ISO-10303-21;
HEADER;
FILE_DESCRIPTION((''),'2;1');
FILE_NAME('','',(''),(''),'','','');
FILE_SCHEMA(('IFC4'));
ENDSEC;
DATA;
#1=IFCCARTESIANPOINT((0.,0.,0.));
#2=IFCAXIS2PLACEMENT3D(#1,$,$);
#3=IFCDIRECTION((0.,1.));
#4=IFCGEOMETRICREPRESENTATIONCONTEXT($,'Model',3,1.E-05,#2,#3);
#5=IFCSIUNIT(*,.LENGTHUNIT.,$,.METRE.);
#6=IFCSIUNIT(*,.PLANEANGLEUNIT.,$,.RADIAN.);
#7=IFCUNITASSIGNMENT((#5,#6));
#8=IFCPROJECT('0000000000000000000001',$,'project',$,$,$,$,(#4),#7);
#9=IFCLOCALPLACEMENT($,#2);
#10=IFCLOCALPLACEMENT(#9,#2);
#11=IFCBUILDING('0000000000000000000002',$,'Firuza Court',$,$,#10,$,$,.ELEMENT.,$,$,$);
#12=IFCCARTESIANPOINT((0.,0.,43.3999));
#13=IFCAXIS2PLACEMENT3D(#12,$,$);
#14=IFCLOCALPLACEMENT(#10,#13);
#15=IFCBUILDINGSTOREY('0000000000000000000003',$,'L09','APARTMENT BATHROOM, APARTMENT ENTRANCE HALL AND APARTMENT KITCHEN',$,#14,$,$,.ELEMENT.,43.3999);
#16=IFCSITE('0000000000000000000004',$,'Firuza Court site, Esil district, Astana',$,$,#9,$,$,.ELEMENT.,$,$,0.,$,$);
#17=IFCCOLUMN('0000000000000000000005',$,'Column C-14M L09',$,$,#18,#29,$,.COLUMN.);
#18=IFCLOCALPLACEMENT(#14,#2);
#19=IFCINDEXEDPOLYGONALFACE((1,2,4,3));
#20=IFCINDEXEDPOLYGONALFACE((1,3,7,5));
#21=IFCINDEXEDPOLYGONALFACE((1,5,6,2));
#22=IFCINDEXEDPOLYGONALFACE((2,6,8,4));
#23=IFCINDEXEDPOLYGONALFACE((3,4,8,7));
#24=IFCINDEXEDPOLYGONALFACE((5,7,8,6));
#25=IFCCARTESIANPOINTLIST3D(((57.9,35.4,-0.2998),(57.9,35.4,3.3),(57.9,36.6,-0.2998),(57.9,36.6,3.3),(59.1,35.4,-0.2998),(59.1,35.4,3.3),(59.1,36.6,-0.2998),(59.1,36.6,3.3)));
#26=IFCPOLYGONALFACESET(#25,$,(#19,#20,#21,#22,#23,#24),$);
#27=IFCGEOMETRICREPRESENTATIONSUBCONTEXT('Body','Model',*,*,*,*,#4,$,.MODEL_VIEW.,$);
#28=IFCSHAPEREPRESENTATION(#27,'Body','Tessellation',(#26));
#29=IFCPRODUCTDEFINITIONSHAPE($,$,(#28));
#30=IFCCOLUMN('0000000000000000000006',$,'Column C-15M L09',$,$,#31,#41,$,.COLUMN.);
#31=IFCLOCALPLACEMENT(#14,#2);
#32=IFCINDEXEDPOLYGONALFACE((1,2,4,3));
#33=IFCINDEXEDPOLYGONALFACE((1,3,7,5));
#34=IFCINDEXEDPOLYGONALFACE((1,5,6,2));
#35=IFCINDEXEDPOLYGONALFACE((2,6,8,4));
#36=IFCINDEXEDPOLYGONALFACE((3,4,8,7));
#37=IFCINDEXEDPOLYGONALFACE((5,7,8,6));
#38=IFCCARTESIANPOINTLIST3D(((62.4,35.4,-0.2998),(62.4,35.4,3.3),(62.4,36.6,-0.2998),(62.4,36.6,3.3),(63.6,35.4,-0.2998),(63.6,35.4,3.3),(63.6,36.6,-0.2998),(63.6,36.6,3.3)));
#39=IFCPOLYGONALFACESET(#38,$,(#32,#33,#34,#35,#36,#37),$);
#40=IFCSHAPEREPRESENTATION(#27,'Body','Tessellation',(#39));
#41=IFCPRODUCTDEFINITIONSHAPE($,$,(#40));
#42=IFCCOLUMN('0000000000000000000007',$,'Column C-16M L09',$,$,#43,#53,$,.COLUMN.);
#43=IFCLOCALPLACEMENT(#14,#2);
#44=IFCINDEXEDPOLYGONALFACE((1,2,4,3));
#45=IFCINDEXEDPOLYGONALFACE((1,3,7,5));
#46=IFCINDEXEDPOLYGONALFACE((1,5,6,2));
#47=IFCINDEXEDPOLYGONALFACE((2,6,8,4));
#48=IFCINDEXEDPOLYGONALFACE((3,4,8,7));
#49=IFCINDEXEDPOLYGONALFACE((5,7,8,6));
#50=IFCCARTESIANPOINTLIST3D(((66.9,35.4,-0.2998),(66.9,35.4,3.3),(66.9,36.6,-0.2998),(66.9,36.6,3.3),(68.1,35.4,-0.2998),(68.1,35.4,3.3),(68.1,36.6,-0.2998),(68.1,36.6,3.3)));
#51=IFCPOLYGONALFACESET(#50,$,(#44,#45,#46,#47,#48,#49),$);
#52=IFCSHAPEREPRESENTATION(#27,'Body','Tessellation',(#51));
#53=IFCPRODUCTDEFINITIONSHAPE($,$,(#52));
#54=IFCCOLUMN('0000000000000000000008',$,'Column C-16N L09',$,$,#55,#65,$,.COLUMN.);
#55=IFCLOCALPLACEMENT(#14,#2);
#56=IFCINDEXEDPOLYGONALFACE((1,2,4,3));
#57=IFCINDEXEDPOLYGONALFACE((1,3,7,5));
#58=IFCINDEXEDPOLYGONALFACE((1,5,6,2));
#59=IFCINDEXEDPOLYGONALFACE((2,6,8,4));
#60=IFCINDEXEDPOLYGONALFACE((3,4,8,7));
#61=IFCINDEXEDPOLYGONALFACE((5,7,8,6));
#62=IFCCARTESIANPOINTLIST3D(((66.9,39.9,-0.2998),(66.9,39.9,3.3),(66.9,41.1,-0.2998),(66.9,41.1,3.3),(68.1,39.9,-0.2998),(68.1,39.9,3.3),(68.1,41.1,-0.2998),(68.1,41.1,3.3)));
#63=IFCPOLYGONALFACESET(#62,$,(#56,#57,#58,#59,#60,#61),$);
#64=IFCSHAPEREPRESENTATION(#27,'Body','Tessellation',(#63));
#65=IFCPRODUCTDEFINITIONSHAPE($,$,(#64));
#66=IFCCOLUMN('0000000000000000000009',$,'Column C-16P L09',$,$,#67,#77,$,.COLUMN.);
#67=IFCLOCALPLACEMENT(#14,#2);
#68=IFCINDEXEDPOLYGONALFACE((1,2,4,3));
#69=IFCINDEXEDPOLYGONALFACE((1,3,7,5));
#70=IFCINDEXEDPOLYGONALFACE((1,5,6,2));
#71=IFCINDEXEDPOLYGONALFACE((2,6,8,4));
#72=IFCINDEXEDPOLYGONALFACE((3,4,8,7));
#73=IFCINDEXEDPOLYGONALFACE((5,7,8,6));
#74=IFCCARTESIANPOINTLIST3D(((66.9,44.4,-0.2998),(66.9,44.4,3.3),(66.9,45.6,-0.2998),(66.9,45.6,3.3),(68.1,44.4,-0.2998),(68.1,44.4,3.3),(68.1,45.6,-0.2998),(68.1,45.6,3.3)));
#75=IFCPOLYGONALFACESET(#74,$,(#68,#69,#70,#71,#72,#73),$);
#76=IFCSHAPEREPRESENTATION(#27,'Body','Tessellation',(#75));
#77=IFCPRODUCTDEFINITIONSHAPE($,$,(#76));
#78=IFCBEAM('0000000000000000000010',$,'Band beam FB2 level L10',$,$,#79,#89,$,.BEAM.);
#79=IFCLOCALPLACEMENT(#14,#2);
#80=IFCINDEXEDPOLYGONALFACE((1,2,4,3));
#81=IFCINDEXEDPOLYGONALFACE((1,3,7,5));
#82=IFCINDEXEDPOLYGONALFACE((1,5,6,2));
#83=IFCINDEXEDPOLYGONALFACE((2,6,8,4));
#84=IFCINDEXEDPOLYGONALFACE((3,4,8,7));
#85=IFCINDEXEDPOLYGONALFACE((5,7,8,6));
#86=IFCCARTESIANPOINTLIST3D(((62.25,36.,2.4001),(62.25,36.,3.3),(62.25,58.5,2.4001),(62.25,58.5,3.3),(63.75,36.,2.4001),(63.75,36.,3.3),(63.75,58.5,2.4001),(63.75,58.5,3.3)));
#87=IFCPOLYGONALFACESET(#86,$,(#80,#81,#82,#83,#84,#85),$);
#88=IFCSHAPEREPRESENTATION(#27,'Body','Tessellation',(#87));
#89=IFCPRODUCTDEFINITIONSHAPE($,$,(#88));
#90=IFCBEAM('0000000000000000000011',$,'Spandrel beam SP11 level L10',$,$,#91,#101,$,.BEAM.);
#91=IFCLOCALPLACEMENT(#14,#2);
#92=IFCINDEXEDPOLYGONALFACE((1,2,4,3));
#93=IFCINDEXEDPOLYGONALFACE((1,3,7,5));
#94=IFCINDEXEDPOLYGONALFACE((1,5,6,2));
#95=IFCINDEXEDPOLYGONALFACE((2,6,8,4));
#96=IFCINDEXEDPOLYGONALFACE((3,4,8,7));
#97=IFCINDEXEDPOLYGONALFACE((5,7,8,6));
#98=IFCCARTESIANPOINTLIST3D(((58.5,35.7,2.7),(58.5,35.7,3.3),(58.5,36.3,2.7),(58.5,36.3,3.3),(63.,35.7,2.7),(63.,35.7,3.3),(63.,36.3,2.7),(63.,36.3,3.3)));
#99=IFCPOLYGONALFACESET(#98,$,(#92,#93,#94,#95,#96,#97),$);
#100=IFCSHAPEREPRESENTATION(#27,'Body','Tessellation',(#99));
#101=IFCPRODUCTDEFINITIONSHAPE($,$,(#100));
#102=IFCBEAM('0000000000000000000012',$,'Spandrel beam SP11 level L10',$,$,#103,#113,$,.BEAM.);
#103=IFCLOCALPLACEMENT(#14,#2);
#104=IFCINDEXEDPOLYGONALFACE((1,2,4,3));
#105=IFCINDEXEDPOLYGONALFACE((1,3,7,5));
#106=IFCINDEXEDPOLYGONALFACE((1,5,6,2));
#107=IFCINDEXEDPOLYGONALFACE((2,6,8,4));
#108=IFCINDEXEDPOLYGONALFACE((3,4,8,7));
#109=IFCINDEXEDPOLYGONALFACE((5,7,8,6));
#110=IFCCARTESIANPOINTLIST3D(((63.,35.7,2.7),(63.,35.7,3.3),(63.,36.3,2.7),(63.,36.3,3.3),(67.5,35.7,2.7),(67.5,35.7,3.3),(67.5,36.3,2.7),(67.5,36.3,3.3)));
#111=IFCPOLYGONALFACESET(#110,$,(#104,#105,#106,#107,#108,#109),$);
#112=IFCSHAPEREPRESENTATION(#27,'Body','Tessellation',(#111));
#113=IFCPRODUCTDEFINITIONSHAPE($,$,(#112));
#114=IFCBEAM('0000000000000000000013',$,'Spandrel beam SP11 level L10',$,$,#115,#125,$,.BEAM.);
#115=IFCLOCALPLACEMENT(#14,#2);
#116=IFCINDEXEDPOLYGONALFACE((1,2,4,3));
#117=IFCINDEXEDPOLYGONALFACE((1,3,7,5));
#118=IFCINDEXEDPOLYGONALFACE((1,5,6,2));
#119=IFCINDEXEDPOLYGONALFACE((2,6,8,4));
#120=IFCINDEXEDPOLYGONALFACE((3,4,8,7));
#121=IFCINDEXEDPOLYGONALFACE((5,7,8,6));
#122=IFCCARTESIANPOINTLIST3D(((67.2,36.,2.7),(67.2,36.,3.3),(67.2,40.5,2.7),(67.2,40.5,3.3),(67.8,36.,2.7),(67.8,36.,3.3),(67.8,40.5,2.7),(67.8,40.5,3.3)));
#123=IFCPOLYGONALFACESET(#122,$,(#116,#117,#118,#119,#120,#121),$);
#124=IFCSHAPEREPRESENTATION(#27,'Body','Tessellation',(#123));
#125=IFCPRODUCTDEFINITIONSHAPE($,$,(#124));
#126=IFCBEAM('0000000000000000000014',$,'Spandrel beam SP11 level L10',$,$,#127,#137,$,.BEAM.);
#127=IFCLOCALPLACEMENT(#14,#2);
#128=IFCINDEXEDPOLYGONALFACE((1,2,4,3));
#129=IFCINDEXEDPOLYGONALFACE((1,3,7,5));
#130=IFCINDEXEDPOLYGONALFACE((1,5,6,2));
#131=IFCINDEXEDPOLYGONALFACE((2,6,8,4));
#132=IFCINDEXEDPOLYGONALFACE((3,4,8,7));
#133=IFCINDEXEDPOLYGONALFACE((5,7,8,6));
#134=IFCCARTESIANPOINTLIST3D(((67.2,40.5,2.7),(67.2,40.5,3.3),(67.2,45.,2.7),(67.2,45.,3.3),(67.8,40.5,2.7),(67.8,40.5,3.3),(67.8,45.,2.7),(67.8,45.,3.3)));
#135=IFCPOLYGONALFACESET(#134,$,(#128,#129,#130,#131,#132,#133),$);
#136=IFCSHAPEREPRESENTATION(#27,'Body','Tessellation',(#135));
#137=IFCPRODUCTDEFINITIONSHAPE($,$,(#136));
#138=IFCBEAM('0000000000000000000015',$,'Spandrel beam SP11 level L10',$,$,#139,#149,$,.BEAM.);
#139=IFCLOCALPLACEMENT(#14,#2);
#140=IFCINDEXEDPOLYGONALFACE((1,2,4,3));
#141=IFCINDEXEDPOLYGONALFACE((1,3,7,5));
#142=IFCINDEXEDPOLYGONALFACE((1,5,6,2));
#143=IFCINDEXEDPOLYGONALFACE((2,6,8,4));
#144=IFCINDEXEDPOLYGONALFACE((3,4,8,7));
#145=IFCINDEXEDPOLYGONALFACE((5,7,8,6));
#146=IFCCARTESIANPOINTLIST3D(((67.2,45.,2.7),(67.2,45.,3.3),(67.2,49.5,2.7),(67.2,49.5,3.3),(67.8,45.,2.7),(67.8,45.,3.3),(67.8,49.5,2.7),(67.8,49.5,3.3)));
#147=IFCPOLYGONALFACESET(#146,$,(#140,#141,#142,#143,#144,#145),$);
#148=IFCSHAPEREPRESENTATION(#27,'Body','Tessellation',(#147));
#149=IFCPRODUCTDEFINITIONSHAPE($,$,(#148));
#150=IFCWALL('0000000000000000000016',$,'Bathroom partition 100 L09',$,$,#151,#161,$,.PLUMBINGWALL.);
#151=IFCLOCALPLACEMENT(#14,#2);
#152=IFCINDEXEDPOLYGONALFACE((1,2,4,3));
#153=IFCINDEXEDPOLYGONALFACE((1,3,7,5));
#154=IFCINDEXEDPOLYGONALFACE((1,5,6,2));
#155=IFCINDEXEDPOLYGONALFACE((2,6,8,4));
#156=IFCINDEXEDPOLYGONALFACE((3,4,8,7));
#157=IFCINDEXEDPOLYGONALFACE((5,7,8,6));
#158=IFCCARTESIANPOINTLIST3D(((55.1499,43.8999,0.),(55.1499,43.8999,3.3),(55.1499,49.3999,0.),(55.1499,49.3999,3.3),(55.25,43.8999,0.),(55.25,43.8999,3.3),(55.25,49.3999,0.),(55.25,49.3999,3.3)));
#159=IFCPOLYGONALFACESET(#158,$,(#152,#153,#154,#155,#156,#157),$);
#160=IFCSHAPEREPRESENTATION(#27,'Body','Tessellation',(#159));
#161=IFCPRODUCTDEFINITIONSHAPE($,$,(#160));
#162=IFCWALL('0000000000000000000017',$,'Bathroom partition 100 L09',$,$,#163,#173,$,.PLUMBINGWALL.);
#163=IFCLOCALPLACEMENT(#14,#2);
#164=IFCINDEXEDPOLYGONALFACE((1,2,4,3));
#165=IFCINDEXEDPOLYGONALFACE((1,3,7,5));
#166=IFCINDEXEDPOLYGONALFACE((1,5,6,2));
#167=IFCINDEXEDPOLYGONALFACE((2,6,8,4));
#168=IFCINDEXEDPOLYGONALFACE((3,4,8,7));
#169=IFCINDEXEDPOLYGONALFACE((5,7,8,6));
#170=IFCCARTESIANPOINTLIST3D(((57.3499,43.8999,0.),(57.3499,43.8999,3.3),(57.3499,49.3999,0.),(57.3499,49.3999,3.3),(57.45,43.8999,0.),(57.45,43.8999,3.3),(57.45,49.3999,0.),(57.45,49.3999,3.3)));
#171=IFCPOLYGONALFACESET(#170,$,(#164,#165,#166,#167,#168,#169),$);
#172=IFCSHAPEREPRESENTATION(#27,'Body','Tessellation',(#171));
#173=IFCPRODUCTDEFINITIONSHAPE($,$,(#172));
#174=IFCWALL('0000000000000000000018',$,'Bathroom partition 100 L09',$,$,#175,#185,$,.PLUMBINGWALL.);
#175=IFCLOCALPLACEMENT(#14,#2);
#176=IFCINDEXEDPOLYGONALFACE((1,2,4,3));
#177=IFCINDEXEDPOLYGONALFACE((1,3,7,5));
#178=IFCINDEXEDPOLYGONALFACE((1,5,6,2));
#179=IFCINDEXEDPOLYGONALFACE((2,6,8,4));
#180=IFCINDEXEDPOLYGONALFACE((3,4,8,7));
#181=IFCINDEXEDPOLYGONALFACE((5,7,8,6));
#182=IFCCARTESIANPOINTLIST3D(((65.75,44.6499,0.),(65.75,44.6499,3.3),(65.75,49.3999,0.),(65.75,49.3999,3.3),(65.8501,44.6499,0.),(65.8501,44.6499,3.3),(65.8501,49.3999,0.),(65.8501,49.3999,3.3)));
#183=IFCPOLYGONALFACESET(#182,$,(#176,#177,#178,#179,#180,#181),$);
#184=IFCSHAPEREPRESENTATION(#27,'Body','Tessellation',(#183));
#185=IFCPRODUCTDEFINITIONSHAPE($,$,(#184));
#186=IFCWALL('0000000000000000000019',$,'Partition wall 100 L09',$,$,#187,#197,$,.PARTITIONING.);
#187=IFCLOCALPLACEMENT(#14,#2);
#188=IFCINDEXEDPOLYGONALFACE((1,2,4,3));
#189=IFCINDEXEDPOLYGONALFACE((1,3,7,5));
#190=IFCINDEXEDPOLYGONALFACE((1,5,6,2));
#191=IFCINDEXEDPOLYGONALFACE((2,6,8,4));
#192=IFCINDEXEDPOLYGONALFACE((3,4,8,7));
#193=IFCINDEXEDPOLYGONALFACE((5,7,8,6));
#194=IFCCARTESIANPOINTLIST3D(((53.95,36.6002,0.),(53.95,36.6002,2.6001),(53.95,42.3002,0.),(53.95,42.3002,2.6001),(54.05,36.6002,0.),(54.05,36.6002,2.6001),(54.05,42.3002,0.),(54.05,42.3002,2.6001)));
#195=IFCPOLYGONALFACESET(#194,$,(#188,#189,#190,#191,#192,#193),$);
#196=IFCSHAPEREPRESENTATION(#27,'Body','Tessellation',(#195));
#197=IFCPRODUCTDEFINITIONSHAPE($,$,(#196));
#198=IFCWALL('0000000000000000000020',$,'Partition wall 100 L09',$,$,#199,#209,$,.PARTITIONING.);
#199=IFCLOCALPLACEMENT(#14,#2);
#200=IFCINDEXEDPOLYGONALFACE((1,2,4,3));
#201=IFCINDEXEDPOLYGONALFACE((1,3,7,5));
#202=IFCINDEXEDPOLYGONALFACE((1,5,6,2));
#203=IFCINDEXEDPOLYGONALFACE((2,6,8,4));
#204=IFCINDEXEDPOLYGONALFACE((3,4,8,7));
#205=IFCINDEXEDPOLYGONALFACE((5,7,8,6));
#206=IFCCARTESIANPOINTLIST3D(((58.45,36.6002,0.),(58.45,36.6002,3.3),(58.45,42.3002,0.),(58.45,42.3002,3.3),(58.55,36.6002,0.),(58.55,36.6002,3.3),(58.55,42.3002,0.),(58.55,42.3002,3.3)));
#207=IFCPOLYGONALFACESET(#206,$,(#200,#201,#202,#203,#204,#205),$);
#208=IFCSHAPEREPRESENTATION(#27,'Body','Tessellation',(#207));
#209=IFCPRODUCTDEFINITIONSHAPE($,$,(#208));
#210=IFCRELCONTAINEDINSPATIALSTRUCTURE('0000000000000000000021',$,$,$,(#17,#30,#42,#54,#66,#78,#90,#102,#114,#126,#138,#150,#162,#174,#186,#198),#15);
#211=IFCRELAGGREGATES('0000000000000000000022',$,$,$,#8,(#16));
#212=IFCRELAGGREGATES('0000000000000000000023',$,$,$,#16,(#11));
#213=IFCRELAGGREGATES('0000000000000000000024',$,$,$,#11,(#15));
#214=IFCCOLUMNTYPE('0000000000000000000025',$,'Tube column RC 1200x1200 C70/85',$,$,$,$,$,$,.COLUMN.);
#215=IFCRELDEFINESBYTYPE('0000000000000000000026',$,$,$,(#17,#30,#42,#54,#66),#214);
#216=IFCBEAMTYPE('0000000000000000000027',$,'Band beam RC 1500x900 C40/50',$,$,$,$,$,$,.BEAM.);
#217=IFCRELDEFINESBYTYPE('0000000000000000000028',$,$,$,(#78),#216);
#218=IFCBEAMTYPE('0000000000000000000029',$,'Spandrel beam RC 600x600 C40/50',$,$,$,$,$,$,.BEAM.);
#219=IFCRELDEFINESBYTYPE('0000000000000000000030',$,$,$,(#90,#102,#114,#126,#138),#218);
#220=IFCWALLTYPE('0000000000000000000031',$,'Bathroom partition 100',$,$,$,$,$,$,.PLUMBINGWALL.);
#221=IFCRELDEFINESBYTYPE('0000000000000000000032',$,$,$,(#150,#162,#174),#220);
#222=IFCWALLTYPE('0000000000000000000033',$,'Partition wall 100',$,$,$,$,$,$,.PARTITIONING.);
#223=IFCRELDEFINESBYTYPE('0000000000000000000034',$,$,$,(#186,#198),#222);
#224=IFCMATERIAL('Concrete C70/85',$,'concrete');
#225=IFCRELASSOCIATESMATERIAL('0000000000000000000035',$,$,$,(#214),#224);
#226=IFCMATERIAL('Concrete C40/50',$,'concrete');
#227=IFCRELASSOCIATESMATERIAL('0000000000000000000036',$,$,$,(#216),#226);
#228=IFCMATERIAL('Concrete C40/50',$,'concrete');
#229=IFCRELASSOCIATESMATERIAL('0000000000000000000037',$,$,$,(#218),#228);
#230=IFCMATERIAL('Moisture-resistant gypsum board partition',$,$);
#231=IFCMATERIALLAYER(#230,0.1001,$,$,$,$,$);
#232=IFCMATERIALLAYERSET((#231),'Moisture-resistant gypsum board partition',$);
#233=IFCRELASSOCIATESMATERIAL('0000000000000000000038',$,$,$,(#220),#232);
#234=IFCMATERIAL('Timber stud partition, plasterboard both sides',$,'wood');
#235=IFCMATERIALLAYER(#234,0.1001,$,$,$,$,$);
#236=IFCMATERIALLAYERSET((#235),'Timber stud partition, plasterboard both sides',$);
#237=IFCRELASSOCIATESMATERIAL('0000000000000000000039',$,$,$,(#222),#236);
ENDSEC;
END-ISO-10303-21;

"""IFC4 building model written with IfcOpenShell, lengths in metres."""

from ifc_helpers import new_model, si_unit, direction, frame, frame_2d, origin, origin_2d, place, context, subcontext, project, spatial, rectangle, extrude, material, layer, layer_set, material_profile, profile_set, type_object, element, save


model = new_model("IFC4")

# Units and contexts
model_context = context("Model", 3, precision=1e-05, world=origin(), true_north=direction((0.0, 1.0)))
body_context = subcontext(model_context, "Body", "Model", "MODEL_VIEW")
ifc_project = project(units=[si_unit("LENGTHUNIT", "METRE"), si_unit("PLANEANGLEUNIT", "RADIAN")], contexts=[model_context])

# Site, building, storey
site_placement = place(None, origin())
site = spatial("IfcSite", under=ifc_project, at=site_placement, Name="Firuza Court site, Esil district, Astana", CompositionType="ELEMENT", RefElevation=0.0)
building_placement = place(site_placement, origin())
building = spatial("IfcBuilding", under=site, at=building_placement, Name="Firuza Court", CompositionType="ELEMENT")
storey_placement = place(building_placement, frame((0.0, 0.0, 43.3999)))
storey = spatial("IfcBuildingStorey", under=building, at=storey_placement, Name="L09", Description="APARTMENT BATHROOM, APARTMENT ENTRANCE HALL AND APARTMENT KITCHEN", CompositionType="ELEMENT", Elevation=43.3999)

# Columns
ifc_material_1 = material(Name="Concrete C70/85", Category="concrete")
ifc_material_profile_1 = material_profile(ifc_material_1, rectangle(XDim=1.2, YDim=1.2, at=origin_2d()), Name="RC 1200x1200")
ifc_profile_set_1 = profile_set([ifc_material_profile_1], Name="Concrete C70/85")
column_type = type_object("IfcColumnType", Name="Tube column RC 1200x1200 C70/85", PredefinedType="COLUMN", material=ifc_profile_set_1)
for number, where, z_axis, x_axis, name in (
    (1, (58.5, 36.0, -0.2998), (0.0, 0.0, 1.0), (1.0, 0.0, 0.0), "Column C-14M L09"),
    (2, (63.0, 36.0, -0.2998), (0.0, 0.0, 1.0), (1.0, 0.0, 0.0), "Column C-15M L09"),
    (3, (67.5, 36.0, -0.2998), (0.0, 0.0, 1.0), (1.0, 0.0, 0.0), "Column C-16M L09"),
    (4, (67.5, 40.5, -0.2998), (0.0, 0.0, 1.0), (1.0, 0.0, 0.0), "Column C-16N L09"),
    (5, (67.5, 45.0, -0.2998), (0.0, 0.0, 1.0), (1.0, 0.0, 0.0), "Column C-16P L09"),
):
    element("IfcColumn", number, at=place(storey_placement, frame(where, z_axis=z_axis, x_axis=x_axis)), inside=storey, type_object=column_type, Name=name, PredefinedType="COLUMN", context=body_context, shape_type="SweptSolid", body=[
        extrude(rectangle(XDim=1.2, YDim=1.2, at=origin_2d()), origin(), (0.0, 0.0, 1.0), 3.5999),
    ])

# Beams
ifc_material_2 = material(Name="Concrete C40/50", Category="concrete")
ifc_material_profile_2 = material_profile(ifc_material_2, rectangle(XDim=1.5, YDim=0.8999, at=origin_2d()), Name="RC 1500x900")
ifc_profile_set_2 = profile_set([ifc_material_profile_2], Name="Concrete C40/50")
beam_type_1 = type_object("IfcBeamType", Name="Band beam RC 1500x900 C40/50", PredefinedType="BEAM", material=ifc_profile_set_2)
beam_placement = place(storey_placement, frame((63.0, 36.0, 2.8501), z_axis=(0.0, 1.0, 0.0), x_axis=(-1.0, 0.0, 0.0)))
element("IfcBeam", 6, at=beam_placement, inside=storey, type_object=beam_type_1, Name="Band beam FB2 level L10", PredefinedType="BEAM", context=body_context, shape_type="SweptSolid", body=[
    extrude(rectangle(XDim=1.5, YDim=0.8999, at=origin_2d()), origin(), (0.0, 0.0, 1.0), 22.5),
])
ifc_material_3 = material(Name="Concrete C40/50", Category="concrete")
ifc_material_profile_3 = material_profile(ifc_material_3, rectangle(XDim=0.6001, YDim=0.6001, at=origin_2d()), Name="RC 600x600")
ifc_profile_set_3 = profile_set([ifc_material_profile_3], Name="Concrete C40/50")
beam_type_2 = type_object("IfcBeamType", Name="Spandrel beam RC 600x600 C40/50", PredefinedType="BEAM", material=ifc_profile_set_3)
for number, where, z_axis, x_axis, name in (
    (7, (58.5, 36.0, 3.0), (1.0, 0.0, 0.0), (0.0, 1.0, 0.0), "Spandrel beam SP11 level L10"),
    (8, (63.0, 36.0, 3.0), (1.0, 0.0, 0.0), (0.0, 1.0, 0.0), "Spandrel beam SP11 level L10"),
    (9, (67.5, 36.0, 3.0), (0.0, 1.0, 0.0), (-1.0, 0.0, 0.0), "Spandrel beam SP11 level L10"),
    (10, (67.5, 40.5, 3.0), (0.0, 1.0, 0.0), (-1.0, 0.0, 0.0), "Spandrel beam SP11 level L10"),
    (11, (67.5, 45.0, 3.0), (0.0, 1.0, 0.0), (-1.0, 0.0, 0.0), "Spandrel beam SP11 level L10"),
):
    element("IfcBeam", number, at=place(storey_placement, frame(where, z_axis=z_axis, x_axis=x_axis)), inside=storey, type_object=beam_type_2, Name=name, PredefinedType="BEAM", context=body_context, shape_type="SweptSolid", body=[
        extrude(rectangle(XDim=0.6001, YDim=0.6001, at=origin_2d()), origin(), (0.0, 0.0, 1.0), 4.5),
    ])

# Walls
ifc_material_4 = material(Name="Moisture-resistant gypsum board partition")
ifc_layer_1 = layer(ifc_material_4, 0.1001)
ifc_layer_set_1 = layer_set([ifc_layer_1], Name="Moisture-resistant gypsum board partition")
wall_type_1 = type_object("IfcWallType", Name="Bathroom partition 100", PredefinedType="PLUMBINGWALL", material=ifc_layer_set_1)
for number, where, z_axis, x_axis, name in (
    (12, (55.2, 43.8999, 0.0), (0.0, 0.0, 1.0), (0.0, 1.0, 0.0), "Bathroom partition 100 L09"),
    (13, (57.3999, 43.8999, 0.0), (0.0, 0.0, 1.0), (0.0, 1.0, 0.0), "Bathroom partition 100 L09"),
):
    element("IfcWall", number, at=place(storey_placement, frame(where, z_axis=z_axis, x_axis=x_axis)), inside=storey, type_object=wall_type_1, Name=name, PredefinedType="PLUMBINGWALL", context=body_context, shape_type="SweptSolid", body=[
        extrude(rectangle(XDim=5.5, YDim=0.1001, at=frame_2d((2.75, 0.0))), origin(), (0.0, 0.0, 1.0), 3.3),
    ])
wall_1_placement = place(storey_placement, frame((65.8, 44.6499, 0.0), z_axis=(0.0, 0.0, 1.0), x_axis=(0.0, 1.0, 0.0)))
element("IfcWall", 14, at=wall_1_placement, inside=storey, type_object=wall_type_1, Name="Bathroom partition 100 L09", PredefinedType="PLUMBINGWALL", context=body_context, shape_type="SweptSolid", body=[
    extrude(rectangle(XDim=4.75, YDim=0.1001, at=frame_2d((2.375, 0.0))), origin(), (0.0, 0.0, 1.0), 3.3),
])
ifc_material_5 = material(Name="Timber stud partition, plasterboard both sides", Category="wood")
ifc_layer_2 = layer(ifc_material_5, 0.1001)
ifc_layer_set_2 = layer_set([ifc_layer_2], Name="Timber stud partition, plasterboard both sides")
wall_type_2 = type_object("IfcWallType", Name="Partition wall 100", PredefinedType="PARTITIONING", material=ifc_layer_set_2)
wall_2_placement = place(storey_placement, frame((54.0, 36.6001, 0.0), z_axis=(0.0, 0.0, 1.0), x_axis=(0.0, 1.0, 0.0)))
element("IfcWall", 15, at=wall_2_placement, inside=storey, type_object=wall_type_2, Name="Partition wall 100 L09", PredefinedType="PARTITIONING", context=body_context, shape_type="SweptSolid", body=[
    extrude(rectangle(XDim=5.7, YDim=0.1001, at=frame_2d((2.8501, 0.0))), origin(), (0.0, 0.0, 1.0), 2.6001),
])
wall_3_placement = place(storey_placement, frame((58.5, 36.6001, 0.0), z_axis=(0.0, 0.0, 1.0), x_axis=(0.0, 1.0, 0.0)))
element("IfcWall", 16, at=wall_3_placement, inside=storey, type_object=wall_type_2, Name="Partition wall 100 L09", PredefinedType="PARTITIONING", context=body_context, shape_type="SweptSolid", body=[
    extrude(rectangle(XDim=5.7, YDim=0.1001, at=frame_2d((2.8501, 0.0))), origin(), (0.0, 0.0, 1.0), 3.3),
])

save(model, "model.ifc")
